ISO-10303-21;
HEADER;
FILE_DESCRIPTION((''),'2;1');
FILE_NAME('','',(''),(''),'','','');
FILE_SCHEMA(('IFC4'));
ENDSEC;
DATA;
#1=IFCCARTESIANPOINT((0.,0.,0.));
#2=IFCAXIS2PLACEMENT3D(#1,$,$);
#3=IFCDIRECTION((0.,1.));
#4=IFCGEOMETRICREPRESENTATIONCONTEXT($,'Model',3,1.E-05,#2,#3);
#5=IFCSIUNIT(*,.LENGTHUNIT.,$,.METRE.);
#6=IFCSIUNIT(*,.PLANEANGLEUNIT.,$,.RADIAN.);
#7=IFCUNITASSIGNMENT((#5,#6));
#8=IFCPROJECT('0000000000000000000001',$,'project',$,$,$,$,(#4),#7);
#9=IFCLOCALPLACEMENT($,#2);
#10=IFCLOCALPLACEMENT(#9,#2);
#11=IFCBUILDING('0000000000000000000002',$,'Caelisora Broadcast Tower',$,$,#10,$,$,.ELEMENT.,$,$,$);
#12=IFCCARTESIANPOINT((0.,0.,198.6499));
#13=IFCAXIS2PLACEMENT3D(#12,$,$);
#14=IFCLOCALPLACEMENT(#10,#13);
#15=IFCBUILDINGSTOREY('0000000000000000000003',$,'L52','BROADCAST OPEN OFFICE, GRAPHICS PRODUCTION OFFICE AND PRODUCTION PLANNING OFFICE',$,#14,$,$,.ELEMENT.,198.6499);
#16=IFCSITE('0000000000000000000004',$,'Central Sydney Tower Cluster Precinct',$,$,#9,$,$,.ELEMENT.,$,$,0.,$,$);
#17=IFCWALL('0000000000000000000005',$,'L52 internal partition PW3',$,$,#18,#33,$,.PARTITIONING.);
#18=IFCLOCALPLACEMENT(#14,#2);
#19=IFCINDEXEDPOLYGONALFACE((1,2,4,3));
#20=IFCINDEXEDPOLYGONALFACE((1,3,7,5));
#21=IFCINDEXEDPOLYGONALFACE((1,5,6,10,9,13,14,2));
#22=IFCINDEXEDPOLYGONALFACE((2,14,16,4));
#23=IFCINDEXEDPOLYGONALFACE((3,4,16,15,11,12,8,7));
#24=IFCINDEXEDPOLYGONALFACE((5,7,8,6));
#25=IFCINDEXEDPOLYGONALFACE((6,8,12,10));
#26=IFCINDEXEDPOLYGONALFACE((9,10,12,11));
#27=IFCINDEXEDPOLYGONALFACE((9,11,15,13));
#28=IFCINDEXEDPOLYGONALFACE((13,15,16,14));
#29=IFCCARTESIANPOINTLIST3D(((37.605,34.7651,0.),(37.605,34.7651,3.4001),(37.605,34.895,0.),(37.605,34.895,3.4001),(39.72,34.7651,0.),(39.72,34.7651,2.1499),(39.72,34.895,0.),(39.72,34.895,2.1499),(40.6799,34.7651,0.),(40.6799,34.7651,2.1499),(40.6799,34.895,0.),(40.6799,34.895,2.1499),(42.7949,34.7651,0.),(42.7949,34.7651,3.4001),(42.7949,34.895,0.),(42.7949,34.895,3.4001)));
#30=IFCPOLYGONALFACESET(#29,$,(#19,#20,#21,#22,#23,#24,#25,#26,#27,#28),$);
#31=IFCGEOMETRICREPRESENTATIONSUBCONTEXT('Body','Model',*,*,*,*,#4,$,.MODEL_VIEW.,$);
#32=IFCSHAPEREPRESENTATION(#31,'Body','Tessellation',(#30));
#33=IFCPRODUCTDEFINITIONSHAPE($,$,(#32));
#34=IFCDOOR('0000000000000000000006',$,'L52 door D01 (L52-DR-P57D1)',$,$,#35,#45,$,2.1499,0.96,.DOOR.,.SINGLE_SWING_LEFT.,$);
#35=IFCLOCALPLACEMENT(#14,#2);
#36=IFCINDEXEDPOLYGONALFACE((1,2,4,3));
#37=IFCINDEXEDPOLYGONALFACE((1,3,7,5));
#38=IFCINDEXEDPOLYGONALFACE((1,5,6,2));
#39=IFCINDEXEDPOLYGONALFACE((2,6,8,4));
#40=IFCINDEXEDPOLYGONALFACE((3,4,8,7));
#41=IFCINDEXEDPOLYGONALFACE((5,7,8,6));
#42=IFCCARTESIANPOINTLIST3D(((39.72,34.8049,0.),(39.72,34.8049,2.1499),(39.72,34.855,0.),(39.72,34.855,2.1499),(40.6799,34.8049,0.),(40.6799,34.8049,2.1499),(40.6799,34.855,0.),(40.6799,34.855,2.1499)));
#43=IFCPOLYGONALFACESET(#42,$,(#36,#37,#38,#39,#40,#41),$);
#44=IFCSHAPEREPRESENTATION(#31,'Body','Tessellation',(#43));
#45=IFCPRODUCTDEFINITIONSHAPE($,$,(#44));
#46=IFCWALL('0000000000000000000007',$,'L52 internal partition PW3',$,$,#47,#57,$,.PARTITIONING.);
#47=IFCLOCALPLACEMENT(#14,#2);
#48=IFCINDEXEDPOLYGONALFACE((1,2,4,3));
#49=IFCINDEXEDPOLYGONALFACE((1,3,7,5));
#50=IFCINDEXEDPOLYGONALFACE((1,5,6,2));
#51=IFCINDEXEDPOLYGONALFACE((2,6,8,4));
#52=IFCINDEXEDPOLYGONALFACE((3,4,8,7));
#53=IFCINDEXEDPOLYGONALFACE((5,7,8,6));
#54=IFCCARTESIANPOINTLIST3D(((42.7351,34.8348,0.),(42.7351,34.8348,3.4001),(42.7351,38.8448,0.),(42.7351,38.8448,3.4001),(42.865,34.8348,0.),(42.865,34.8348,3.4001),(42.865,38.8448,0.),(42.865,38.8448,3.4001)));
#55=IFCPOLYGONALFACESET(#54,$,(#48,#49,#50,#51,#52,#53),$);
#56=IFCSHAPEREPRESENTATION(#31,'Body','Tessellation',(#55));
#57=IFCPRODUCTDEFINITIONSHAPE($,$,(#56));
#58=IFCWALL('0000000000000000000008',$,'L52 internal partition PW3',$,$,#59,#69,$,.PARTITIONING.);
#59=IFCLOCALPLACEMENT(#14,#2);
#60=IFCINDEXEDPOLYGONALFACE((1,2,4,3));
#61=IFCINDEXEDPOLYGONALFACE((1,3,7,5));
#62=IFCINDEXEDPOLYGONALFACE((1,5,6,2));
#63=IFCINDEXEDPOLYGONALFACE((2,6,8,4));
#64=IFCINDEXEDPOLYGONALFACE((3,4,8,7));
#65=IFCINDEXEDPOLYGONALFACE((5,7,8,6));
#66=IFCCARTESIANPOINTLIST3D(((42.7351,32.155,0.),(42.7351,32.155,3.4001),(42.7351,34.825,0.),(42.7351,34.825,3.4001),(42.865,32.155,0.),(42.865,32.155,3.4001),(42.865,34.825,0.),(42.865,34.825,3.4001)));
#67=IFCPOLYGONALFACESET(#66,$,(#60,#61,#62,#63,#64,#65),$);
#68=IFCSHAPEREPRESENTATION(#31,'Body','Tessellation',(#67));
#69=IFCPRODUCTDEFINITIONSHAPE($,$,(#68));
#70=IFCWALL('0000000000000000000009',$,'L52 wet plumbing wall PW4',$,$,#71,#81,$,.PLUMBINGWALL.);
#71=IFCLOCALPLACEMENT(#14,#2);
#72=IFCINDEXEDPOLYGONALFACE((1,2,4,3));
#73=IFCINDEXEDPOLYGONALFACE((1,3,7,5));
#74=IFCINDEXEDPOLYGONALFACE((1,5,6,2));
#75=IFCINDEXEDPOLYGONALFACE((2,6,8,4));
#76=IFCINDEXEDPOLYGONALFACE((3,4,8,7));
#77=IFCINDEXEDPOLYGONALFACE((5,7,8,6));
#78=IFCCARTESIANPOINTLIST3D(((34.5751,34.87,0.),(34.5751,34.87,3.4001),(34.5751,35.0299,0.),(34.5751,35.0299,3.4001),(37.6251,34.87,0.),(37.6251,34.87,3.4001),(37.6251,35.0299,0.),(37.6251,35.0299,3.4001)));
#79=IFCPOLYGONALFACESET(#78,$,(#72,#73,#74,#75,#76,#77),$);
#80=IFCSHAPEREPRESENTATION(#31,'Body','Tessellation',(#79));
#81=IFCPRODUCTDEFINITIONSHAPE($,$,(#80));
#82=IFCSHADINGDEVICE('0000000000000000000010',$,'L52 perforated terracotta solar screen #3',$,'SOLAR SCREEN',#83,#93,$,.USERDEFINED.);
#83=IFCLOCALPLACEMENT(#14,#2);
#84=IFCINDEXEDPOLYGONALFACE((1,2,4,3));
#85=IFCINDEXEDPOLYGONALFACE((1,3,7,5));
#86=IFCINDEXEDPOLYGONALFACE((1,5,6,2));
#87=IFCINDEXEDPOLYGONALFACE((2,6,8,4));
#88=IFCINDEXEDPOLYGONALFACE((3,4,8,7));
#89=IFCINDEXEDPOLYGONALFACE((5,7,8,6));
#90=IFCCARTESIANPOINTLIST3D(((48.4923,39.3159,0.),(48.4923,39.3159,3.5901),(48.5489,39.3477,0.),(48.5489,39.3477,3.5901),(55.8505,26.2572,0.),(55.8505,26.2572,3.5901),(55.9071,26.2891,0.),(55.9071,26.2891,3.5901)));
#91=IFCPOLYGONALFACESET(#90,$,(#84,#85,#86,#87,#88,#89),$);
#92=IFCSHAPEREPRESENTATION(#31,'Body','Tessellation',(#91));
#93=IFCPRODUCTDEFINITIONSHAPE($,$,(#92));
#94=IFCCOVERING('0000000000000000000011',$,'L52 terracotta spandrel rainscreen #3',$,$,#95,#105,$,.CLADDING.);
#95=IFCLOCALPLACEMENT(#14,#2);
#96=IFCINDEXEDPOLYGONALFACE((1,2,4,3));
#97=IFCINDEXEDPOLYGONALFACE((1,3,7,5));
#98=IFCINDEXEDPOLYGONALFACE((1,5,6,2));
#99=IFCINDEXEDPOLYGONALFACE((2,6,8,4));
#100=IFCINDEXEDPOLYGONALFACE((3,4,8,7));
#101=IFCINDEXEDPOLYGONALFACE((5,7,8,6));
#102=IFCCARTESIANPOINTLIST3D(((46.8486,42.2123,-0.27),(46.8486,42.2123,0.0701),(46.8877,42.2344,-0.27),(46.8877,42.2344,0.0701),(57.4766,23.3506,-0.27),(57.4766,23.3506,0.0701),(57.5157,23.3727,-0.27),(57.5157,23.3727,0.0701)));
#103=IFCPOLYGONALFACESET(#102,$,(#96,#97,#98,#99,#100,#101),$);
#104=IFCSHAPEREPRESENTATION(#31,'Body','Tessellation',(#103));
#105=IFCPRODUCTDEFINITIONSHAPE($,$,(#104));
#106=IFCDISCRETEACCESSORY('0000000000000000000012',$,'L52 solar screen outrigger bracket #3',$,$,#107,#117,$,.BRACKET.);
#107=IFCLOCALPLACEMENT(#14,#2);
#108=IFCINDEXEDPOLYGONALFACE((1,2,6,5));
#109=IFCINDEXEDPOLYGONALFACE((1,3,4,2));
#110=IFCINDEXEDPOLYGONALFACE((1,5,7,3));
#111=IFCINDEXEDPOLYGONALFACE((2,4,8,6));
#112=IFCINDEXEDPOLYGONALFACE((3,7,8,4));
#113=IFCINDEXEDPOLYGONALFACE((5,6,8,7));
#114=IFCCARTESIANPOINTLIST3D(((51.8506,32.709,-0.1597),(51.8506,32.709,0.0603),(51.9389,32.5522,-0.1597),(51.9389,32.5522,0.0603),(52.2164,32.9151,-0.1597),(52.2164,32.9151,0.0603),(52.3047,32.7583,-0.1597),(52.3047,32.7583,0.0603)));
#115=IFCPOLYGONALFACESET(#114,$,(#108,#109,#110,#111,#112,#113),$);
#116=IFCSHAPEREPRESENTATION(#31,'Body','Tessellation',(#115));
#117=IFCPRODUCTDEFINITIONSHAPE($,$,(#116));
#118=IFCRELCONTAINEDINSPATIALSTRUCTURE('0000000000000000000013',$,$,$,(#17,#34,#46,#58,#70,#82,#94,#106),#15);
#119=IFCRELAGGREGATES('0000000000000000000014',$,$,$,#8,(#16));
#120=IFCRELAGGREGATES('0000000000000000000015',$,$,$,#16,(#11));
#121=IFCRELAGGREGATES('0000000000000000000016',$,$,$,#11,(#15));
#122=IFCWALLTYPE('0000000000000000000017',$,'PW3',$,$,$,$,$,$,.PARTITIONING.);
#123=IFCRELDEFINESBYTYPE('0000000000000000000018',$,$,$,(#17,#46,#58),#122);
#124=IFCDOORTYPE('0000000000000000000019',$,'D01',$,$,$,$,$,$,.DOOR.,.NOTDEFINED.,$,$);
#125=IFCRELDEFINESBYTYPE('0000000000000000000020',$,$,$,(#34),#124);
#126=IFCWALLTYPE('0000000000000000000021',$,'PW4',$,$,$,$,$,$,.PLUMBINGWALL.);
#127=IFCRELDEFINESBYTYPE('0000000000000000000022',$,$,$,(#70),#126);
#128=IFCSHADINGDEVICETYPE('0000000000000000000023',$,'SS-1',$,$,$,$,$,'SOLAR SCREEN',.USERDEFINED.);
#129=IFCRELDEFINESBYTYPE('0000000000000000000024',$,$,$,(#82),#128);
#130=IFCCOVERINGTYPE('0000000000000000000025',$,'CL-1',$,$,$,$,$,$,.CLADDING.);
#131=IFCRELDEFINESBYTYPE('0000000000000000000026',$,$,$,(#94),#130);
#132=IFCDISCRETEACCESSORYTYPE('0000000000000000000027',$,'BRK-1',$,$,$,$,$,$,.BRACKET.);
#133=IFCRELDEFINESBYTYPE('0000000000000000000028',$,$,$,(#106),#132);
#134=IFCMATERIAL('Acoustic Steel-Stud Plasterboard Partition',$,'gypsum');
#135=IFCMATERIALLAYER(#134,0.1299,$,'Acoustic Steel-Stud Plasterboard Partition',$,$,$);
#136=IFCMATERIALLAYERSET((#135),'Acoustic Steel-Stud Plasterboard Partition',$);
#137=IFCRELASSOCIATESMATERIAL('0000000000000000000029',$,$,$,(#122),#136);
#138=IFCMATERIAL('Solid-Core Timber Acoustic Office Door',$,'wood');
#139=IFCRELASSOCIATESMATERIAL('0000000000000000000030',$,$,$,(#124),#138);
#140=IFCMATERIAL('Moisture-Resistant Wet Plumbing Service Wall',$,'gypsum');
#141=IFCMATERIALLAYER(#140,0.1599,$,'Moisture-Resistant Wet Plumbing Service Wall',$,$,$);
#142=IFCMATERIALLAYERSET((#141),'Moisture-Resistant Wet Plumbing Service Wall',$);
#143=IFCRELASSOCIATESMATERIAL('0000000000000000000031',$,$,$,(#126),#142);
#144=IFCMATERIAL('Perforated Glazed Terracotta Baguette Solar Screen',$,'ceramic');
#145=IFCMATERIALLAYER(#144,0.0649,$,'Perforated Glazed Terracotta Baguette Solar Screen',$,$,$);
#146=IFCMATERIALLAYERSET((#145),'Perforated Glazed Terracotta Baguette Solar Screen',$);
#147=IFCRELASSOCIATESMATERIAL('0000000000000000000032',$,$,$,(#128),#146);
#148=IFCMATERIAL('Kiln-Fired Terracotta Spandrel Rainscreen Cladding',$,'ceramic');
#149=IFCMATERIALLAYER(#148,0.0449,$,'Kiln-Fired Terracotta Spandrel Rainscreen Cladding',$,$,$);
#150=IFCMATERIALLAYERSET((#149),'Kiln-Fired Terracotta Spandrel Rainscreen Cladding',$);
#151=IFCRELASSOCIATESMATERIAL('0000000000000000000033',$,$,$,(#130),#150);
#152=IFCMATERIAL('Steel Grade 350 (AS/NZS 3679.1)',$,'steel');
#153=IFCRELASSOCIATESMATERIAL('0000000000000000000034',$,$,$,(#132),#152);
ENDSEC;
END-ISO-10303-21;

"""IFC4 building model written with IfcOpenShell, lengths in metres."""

from ifc_helpers import new_model, si_unit, direction, frame, frame_2d, origin, origin_2d, place, context, subcontext, project, spatial, rectangle, extrude, source, transform, mapped, material, layer, layer_set, type_object, type_shapes, element, fill, save


model = new_model("IFC4")

# Units and contexts
model_context = context("Model", 3, precision=1e-05, world=origin(), true_north=direction((0.0, 1.0)))
body_context = subcontext(model_context, "Body", "Model", "MODEL_VIEW")
ifc_project = project(units=[si_unit("LENGTHUNIT", "METRE"), si_unit("PLANEANGLEUNIT", "RADIAN")], contexts=[model_context])

# Site, building, storey
site_placement = place(None, origin())
site = spatial("IfcSite", under=ifc_project, at=site_placement, Name="Central Sydney Tower Cluster Precinct", CompositionType="ELEMENT", RefElevation=0.0)
building_placement = place(site_placement, origin())
building = spatial("IfcBuilding", under=site, at=building_placement, Name="Caelisora Broadcast Tower", CompositionType="ELEMENT")
storey_placement = place(building_placement, frame((0.0, 0.0, 198.6499)))
storey = spatial("IfcBuildingStorey", under=building, at=storey_placement, Name="L52", Description="BROADCAST OPEN OFFICE, GRAPHICS PRODUCTION OFFICE AND PRODUCTION PLANNING OFFICE", CompositionType="ELEMENT", Elevation=198.6499)

# Shared definitions
ifc_material_1 = material(Name="Steel Grade 350 (AS/NZS 3679.1)", Category="steel")

# Wall, opening, door
ifc_material_2 = material(Name="Acoustic Steel-Stud Plasterboard Partition", Category="gypsum")
ifc_layer_1 = layer(ifc_material_2, 0.1299, Name="Acoustic Steel-Stud Plasterboard Partition")
ifc_layer_set_1 = layer_set([ifc_layer_1], Name="Acoustic Steel-Stud Plasterboard Partition")
wall_type_1 = type_object("IfcWallType", Name="PW3", PredefinedType="PARTITIONING", material=ifc_layer_set_1)
ifc_material_3 = material(Name="Solid-Core Timber Acoustic Office Door", Category="wood")
door_type = type_object("IfcDoorType", Name="D01", OperationType="NOTDEFINED", PredefinedType="DOOR", material=ifc_material_3)
wall_1_placement = place(storey_placement, frame((37.605, 34.8301, 0.0), z_axis=(0.0, 0.0, 1.0), x_axis=(1.0, 0.0, 0.0)))
wall_1 = element("IfcWall", 1, at=wall_1_placement, inside=storey, type_object=wall_type_1, Name="L52 internal partition PW3", PredefinedType="PARTITIONING", context=body_context, shape_type="SweptSolid", body=[
    extrude(rectangle(XDim=5.1899, YDim=0.1299, at=frame_2d((2.595, 0.0))), origin(), (0.0, 0.0, 1.0), 3.4001),
])
opening_1_placement = place(wall_1_placement, frame((2.115, 0.0, 0.0)))
opening_1 = element("IfcOpeningElement", 2, at=opening_1_placement, cuts=wall_1, PredefinedType="OPENING", context=body_context, shape_type="SweptSolid", body=[
    extrude(rectangle(XDim=0.96, YDim=2.1499, at=frame_2d((0.48, 1.075))), frame((0.0, 0.0769, 0.0), z_axis=(0.0, -1.0, 0.0), x_axis=(1.0, 0.0, 0.0)), (0.0, 0.0, 1.0), 0.1538),
])
door_1_placement = place(opening_1_placement, origin())
door_1 = element("IfcDoor", 3, at=door_1_placement, inside=storey, type_object=door_type, Name="L52 door D01 (L52-DR-P57D1)", OperationType="SINGLE_SWING_LEFT", OverallHeight=2.1499, OverallWidth=0.96, PredefinedType="DOOR", context=body_context, shape_type="SweptSolid", body=[
    extrude(rectangle(XDim=0.96, YDim=2.1499, at=frame_2d((0.48, 1.075))), frame((0.0, 0.0249, 0.0), z_axis=(0.0, -1.0, 0.0), x_axis=(1.0, 0.0, 0.0)), (0.0, 0.0, 1.0), 0.05),
])
fill(opening_1, door_1)

# Walls
wall_2_placement = place(storey_placement, frame((42.8, 34.835, 0.0), z_axis=(0.0, 0.0, 1.0), x_axis=(0.0, 1.0, 0.0)))
element("IfcWall", 4, at=wall_2_placement, inside=storey, type_object=wall_type_1, Name="L52 internal partition PW3", PredefinedType="PARTITIONING", context=body_context, shape_type="SweptSolid", body=[
    extrude(rectangle(XDim=4.01, YDim=0.1299, at=frame_2d((2.0049, 0.0))), origin(), (0.0, 0.0, 1.0), 3.4001),
])
wall_3_placement = place(storey_placement, frame((42.8, 32.155, 0.0), z_axis=(0.0, 0.0, 1.0), x_axis=(0.0, 1.0, 0.0)))
element("IfcWall", 5, at=wall_3_placement, inside=storey, type_object=wall_type_1, Name="L52 internal partition PW3", PredefinedType="PARTITIONING", context=body_context, shape_type="SweptSolid", body=[
    extrude(rectangle(XDim=2.6699, YDim=0.1299, at=frame_2d((1.335, 0.0))), origin(), (0.0, 0.0, 1.0), 3.4001),
])
ifc_material_4 = material(Name="Moisture-Resistant Wet Plumbing Service Wall", Category="gypsum")
ifc_layer_2 = layer(ifc_material_4, 0.1599, Name="Moisture-Resistant Wet Plumbing Service Wall")
ifc_layer_set_2 = layer_set([ifc_layer_2], Name="Moisture-Resistant Wet Plumbing Service Wall")
wall_type_2 = type_object("IfcWallType", Name="PW4", PredefinedType="PLUMBINGWALL", material=ifc_layer_set_2)
wall_4_placement = place(storey_placement, frame((37.625, 34.95, 0.0), z_axis=(0.0, 0.0, 1.0), x_axis=(-1.0, 0.0, 0.0)))
element("IfcWall", 6, at=wall_4_placement, inside=storey, type_object=wall_type_2, Name="L52 wet plumbing wall PW4", PredefinedType="PLUMBINGWALL", context=body_context, shape_type="SweptSolid", body=[
    extrude(rectangle(XDim=3.05, YDim=0.1599, at=frame_2d((1.5249, 0.0))), origin(), (0.0, 0.0, 1.0), 3.4001),
])

# Shading device
ifc_material_5 = material(Name="Perforated Glazed Terracotta Baguette Solar Screen", Category="ceramic")
ifc_layer_3 = layer(ifc_material_5, 0.0649, Name="Perforated Glazed Terracotta Baguette Solar Screen")
ifc_layer_set_3 = layer_set([ifc_layer_3], Name="Perforated Glazed Terracotta Baguette Solar Screen")
shading_device_type = type_object("IfcShadingDeviceType", Name="SS-1", ElementType="SOLAR SCREEN", PredefinedType="USERDEFINED", material=ifc_layer_set_3)
shared_shape_1 = source(origin(), body_context, "Body", "SweptSolid", [
    extrude(rectangle(XDim=14.989, YDim=0.0649, at=origin_2d()), origin(), (0.0, 0.0, 1.0), 3.5901),
])
type_shapes(shading_device_type, [shared_shape_1])
shading_device_placement = place(storey_placement, frame((52.1997, 32.8025, 0.0), z_axis=(0.0, 0.0, 1.0), x_axis=(-0.490904, 0.871214, 0.0)))
element("IfcShadingDevice", 7, at=shading_device_placement, inside=storey, type_object=shading_device_type, Name="L52 perforated terracotta solar screen #3", ObjectType="SOLAR SCREEN", PredefinedType="USERDEFINED", context=body_context, shape_type="MappedRepresentation", body=[
    mapped(shared_shape_1, transform((0.0, 0.0, 0.0), scale=1.0)),
])

# Covering
ifc_material_6 = material(Name="Kiln-Fired Terracotta Spandrel Rainscreen Cladding", Category="ceramic")
ifc_layer_4 = layer(ifc_material_6, 0.0449, Name="Kiln-Fired Terracotta Spandrel Rainscreen Cladding")
ifc_layer_set_4 = layer_set([ifc_layer_4], Name="Kiln-Fired Terracotta Spandrel Rainscreen Cladding")
covering_type = type_object("IfcCoveringType", Name="CL-1", PredefinedType="CLADDING", material=ifc_layer_set_4)
shared_shape_2 = source(origin(), body_context, "Body", "SweptSolid", [
    extrude(rectangle(XDim=21.6499, YDim=0.0449, at=origin_2d()), origin(), (0.0, 0.0, 1.0), 0.3401),
])
type_shapes(covering_type, [shared_shape_2])
covering_placement = place(storey_placement, frame((52.1821, 32.7925, -0.27), z_axis=(0.0, 0.0, 1.0), x_axis=(-0.490904, 0.871214, 0.0)))
element("IfcCovering", 8, at=covering_placement, inside=storey, type_object=covering_type, Name="L52 terracotta spandrel rainscreen #3", PredefinedType="CLADDING", context=body_context, shape_type="MappedRepresentation", body=[
    mapped(shared_shape_2, transform((0.0, 0.0, 0.0), scale=1.0)),
])

# Discrete accessory
discrete_accessory_type = type_object("IfcDiscreteAccessoryType", Name="BRK-1", PredefinedType="BRACKET", material=ifc_material_1)
shared_shape_3 = source(origin(), body_context, "Body", "SweptSolid", [
    extrude(rectangle(XDim=0.1799, YDim=0.4199, at=origin_2d()), origin(), (0.0, 0.0, 1.0), 0.22),
])
type_shapes(discrete_accessory_type, [shared_shape_3])
discrete_accessory_placement = place(storey_placement, frame((52.0776, 32.7336, -0.1597), z_axis=(0.0, 0.0, 1.0), x_axis=(-0.490904, 0.871214, 0.0)))
element("IfcDiscreteAccessory", 9, at=discrete_accessory_placement, inside=storey, type_object=discrete_accessory_type, Name="L52 solar screen outrigger bracket #3", PredefinedType="BRACKET", context=body_context, shape_type="MappedRepresentation", body=[
    mapped(shared_shape_3, transform((0.0, 0.0, 0.0), scale=1.0)),
])

save(model, "model.ifc")
